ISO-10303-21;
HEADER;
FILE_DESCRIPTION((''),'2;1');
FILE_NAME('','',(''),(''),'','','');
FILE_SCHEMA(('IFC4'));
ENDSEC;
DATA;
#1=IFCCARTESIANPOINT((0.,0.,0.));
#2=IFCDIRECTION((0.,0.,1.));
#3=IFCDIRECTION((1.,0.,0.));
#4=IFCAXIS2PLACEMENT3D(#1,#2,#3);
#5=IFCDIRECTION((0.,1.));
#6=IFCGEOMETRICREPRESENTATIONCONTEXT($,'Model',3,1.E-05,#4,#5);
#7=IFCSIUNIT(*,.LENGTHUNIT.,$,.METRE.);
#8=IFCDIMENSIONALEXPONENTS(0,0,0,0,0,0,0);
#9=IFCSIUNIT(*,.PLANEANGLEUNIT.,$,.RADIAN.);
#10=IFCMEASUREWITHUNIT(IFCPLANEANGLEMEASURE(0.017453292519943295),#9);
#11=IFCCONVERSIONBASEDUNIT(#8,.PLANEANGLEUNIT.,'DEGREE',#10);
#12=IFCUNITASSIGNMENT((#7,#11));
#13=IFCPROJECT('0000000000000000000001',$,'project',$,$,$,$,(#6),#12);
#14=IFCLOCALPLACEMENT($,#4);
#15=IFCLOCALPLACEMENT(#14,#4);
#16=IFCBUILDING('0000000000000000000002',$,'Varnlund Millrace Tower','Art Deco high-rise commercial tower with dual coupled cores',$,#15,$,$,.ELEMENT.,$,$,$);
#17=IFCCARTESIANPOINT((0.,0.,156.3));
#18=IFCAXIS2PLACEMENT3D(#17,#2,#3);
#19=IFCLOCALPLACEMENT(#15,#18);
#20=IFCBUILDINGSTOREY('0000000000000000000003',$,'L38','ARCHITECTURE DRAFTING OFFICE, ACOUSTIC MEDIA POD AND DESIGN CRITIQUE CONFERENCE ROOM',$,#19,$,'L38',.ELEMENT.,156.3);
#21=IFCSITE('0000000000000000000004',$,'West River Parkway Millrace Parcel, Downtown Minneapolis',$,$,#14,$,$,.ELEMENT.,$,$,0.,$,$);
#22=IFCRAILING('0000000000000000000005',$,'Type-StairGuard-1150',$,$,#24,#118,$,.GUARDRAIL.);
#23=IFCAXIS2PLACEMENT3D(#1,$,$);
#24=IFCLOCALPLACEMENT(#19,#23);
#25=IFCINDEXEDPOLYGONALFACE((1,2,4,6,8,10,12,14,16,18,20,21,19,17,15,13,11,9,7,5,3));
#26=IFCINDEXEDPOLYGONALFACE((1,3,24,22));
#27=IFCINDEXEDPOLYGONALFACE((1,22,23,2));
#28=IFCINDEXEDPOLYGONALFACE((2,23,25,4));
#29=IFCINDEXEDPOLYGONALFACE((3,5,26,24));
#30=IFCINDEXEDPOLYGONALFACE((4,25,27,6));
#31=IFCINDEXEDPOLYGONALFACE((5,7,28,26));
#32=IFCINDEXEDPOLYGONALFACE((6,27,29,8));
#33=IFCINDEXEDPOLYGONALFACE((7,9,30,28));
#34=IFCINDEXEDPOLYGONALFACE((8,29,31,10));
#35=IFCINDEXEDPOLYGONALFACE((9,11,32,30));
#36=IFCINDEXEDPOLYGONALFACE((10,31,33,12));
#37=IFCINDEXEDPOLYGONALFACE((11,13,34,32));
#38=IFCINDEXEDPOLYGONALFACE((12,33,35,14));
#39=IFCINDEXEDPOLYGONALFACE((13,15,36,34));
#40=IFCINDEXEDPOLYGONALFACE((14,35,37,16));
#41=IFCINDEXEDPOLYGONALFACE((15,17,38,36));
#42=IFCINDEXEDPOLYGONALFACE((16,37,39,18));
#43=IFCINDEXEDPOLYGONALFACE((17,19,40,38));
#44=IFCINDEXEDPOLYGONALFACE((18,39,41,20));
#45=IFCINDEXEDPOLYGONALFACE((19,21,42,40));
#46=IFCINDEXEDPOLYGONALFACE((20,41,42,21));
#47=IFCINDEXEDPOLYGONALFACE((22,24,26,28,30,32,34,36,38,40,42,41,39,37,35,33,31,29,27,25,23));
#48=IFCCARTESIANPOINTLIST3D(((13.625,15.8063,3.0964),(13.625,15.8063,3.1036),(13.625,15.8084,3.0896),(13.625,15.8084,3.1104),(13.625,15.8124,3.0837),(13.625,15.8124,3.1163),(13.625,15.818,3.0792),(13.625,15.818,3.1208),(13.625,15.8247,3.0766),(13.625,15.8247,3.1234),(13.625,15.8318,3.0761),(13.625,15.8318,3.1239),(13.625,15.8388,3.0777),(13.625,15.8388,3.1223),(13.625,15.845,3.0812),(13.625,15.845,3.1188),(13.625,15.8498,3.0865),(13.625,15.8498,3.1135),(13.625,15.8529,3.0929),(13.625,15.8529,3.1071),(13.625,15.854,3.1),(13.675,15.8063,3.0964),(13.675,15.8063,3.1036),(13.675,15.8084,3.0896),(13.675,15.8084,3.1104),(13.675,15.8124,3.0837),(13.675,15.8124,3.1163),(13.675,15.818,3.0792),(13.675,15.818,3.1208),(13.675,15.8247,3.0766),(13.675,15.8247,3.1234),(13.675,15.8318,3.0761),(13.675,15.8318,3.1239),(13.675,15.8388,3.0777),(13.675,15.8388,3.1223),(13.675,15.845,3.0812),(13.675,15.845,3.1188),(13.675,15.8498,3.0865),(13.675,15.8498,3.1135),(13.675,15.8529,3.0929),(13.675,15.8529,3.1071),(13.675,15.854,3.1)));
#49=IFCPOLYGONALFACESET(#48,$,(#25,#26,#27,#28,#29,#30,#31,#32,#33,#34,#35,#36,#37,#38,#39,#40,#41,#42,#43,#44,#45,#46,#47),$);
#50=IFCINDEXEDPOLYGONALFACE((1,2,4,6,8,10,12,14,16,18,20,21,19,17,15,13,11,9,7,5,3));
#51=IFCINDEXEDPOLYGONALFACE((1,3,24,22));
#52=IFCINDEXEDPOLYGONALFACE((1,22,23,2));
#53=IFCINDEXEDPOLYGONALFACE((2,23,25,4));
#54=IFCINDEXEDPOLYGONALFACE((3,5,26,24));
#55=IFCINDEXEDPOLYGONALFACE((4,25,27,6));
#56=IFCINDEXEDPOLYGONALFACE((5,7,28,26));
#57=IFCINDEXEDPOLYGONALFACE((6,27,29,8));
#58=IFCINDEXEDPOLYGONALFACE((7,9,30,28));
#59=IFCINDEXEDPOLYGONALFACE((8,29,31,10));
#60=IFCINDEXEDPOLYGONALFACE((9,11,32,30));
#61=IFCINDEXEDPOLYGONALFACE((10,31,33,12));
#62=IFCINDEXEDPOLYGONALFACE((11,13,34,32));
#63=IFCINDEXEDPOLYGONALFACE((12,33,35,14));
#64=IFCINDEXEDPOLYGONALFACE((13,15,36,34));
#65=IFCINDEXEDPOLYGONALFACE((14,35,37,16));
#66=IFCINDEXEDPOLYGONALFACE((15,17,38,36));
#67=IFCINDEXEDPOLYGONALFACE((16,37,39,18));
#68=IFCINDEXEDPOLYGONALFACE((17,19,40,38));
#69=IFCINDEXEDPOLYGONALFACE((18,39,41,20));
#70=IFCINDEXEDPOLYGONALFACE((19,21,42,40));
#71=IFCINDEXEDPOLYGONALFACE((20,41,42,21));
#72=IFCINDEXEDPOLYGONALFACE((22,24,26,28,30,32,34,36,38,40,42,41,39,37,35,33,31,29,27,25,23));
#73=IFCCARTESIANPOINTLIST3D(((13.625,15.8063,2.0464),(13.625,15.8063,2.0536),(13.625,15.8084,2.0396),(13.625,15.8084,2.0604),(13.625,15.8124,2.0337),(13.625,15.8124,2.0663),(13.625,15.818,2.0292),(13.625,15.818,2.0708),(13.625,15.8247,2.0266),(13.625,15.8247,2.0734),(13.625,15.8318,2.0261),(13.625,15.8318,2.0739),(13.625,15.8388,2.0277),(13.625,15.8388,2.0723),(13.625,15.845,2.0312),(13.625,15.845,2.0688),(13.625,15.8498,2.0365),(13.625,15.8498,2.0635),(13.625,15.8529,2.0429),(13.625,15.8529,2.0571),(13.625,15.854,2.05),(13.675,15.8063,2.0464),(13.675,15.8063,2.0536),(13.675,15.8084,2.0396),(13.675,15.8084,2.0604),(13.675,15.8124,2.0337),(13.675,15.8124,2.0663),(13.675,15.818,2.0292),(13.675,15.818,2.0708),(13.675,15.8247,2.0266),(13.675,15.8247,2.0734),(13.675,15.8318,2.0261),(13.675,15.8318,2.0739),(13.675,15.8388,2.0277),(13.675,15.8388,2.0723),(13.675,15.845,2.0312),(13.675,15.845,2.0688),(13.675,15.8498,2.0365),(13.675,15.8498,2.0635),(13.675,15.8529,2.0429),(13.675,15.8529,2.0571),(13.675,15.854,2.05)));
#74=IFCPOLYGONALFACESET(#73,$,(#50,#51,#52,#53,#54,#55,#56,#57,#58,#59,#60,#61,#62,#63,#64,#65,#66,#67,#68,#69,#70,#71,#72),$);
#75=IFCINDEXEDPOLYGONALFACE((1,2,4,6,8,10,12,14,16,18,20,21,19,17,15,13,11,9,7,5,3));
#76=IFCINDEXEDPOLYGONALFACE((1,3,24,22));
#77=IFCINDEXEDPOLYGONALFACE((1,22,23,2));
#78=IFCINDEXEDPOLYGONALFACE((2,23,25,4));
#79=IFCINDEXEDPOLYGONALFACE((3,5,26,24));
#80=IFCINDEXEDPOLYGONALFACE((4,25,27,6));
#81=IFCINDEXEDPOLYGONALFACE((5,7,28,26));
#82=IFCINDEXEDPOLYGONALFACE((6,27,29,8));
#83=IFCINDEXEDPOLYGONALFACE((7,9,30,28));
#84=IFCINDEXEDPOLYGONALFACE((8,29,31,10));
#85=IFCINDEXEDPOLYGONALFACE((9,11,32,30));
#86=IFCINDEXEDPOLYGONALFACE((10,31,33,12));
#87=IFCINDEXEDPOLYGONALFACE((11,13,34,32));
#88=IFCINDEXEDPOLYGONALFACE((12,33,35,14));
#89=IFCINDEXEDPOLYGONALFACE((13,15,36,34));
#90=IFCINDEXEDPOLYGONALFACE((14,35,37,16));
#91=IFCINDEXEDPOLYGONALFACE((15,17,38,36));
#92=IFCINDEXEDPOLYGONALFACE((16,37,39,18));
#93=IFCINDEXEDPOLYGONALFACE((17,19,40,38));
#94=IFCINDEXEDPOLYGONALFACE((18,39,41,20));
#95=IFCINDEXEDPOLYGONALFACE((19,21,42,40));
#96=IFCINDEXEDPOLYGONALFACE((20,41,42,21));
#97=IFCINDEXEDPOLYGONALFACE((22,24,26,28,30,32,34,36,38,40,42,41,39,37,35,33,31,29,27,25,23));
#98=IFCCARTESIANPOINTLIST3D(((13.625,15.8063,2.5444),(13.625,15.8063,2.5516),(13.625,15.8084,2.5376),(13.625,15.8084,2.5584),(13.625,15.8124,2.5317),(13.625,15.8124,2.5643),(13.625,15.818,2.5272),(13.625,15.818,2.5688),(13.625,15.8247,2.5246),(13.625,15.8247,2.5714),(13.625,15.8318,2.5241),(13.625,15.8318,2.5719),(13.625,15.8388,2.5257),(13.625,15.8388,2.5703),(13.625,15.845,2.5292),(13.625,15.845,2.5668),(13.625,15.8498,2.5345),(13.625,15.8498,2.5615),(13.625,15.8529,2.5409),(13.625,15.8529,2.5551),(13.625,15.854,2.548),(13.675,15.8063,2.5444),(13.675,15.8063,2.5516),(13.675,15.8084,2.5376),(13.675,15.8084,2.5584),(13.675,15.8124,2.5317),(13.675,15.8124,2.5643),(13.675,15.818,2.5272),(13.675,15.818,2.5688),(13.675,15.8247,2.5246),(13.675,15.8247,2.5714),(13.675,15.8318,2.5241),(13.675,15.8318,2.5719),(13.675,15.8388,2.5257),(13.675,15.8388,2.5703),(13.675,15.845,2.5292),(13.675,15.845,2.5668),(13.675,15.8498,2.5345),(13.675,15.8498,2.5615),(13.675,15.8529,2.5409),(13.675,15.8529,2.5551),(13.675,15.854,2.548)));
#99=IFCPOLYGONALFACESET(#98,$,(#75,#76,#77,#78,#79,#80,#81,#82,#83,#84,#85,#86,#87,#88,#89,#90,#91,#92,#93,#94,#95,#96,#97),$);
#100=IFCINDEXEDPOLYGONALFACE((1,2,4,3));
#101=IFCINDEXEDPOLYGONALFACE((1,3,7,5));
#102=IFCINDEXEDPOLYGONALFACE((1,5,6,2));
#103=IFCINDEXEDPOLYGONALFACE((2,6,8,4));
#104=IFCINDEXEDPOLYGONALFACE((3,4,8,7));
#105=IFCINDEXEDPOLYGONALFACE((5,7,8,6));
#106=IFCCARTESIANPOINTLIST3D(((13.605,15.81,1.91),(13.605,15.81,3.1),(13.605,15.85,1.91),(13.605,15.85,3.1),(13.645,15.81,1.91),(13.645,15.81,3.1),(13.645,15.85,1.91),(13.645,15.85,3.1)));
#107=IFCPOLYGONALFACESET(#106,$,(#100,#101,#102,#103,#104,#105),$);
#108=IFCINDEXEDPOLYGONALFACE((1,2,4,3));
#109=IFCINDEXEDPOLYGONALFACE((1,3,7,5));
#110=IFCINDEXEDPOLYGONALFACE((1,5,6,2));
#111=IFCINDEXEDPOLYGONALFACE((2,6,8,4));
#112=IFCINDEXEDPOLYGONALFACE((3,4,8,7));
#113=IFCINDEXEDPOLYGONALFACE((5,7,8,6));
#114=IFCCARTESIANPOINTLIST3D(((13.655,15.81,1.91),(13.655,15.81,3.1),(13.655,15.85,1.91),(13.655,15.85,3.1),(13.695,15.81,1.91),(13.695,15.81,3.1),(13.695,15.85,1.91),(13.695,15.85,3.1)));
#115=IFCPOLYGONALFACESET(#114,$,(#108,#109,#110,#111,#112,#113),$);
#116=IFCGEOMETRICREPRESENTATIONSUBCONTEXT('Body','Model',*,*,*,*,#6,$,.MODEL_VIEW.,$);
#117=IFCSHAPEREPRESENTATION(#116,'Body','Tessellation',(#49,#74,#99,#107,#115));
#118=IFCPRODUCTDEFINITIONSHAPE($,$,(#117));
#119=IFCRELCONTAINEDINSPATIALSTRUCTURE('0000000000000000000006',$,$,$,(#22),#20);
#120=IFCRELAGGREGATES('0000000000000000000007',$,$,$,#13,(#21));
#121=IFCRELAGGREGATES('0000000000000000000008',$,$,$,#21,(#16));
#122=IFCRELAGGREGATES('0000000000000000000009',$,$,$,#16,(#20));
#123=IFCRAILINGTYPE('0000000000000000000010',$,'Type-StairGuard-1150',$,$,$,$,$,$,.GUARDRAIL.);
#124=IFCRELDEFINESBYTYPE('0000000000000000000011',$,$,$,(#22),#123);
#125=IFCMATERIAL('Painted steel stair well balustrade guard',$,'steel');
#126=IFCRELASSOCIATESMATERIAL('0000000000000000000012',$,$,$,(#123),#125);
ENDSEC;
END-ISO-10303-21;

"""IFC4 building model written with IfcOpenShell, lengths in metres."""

from ifc_helpers import new_model, entity, si_unit, converted_unit, direction, frame, origin_with_axes, origin_2d_with_axis, place, context, subcontext, project, spatial, rectangle, circle, extrude, material, type_object, element, save


model = new_model("IFC4")

# Units and contexts
model_context = context("Model", 3, precision=1e-05, world=origin_with_axes(), true_north=direction((0.0, 1.0)))
body_context = subcontext(model_context, "Body", "Model", "MODEL_VIEW")
ifc_project = project(units=[si_unit("LENGTHUNIT", "METRE"), converted_unit("PLANEANGLEUNIT", "DEGREE", entity("IfcPlaneAngleMeasure", 0.017453292519943295), si_unit("PLANEANGLEUNIT", "RADIAN"), dimensions=[0, 0, 0, 0, 0, 0, 0])], contexts=[model_context])

# Site, building, storey
site_placement = place(None, origin_with_axes())
site = spatial("IfcSite", under=ifc_project, at=site_placement, Name="West River Parkway Millrace Parcel, Downtown Minneapolis", CompositionType="ELEMENT", RefElevation=0.0)
building_placement = place(site_placement, origin_with_axes())
building = spatial("IfcBuilding", under=site, at=building_placement, Name="Varnlund Millrace Tower", Description="Art Deco high-rise commercial tower with dual coupled cores", CompositionType="ELEMENT")
storey_placement = place(building_placement, frame((0.0, 0.0, 156.3), z_axis=(0.0, 0.0, 1.0), x_axis=(1.0, 0.0, 0.0)))
storey = spatial("IfcBuildingStorey", under=building, at=storey_placement, Name="L38", Description="ARCHITECTURE DRAFTING OFFICE, ACOUSTIC MEDIA POD AND DESIGN CRITIQUE CONFERENCE ROOM", LongName="L38", CompositionType="ELEMENT", Elevation=156.3)

# Railing
ifc_material_1 = material(Name="Painted steel stair well balustrade guard", Category="steel")
railing_type_1 = type_object("IfcRailingType", Name="Type-StairGuard-1150", PredefinedType="GUARDRAIL", material=ifc_material_1)
railing_1_placement = place(storey_placement, frame((0.0, 0.0, -156.3), z_axis=(0.0, 0.0, 1.0), x_axis=(1.0, 0.0, 0.0)))
element("IfcRailing", 1, at=railing_1_placement, inside=storey, type_object=railing_type_1, Name="Type-StairGuard-1150", PredefinedType="GUARDRAIL", context=body_context, shape_type="SweptSolid", body=[
    extrude(circle(Radius=0.024, at=origin_2d_with_axis()), frame((13.625, 15.83, 159.4), z_axis=(1.0, 0.0, 0.0), x_axis=(0.0, 1.0, 0.0)), (0.0, 0.0, 1.0), 0.05),
    extrude(circle(Radius=0.024, at=origin_2d_with_axis()), frame((13.625, 15.83, 158.35), z_axis=(1.0, 0.0, 0.0), x_axis=(0.0, 1.0, 0.0)), (0.0, 0.0, 1.0), 0.05),
    extrude(circle(Radius=0.024, at=origin_2d_with_axis()), frame((13.625, 15.83, 158.848), z_axis=(1.0, 0.0, 0.0), x_axis=(0.0, 1.0, 0.0)), (0.0, 0.0, 1.0), 0.05),
    extrude(rectangle(XDim=0.04, YDim=0.04, at=origin_2d_with_axis()), frame((13.625, 15.83, 158.21), z_axis=(0.0, 0.0, 1.0), x_axis=(1.0, 0.0, 0.0)), (0.0, 0.0, 1.0), 1.19),
    extrude(rectangle(XDim=0.04, YDim=0.04, at=origin_2d_with_axis()), frame((13.675, 15.83, 158.21), z_axis=(0.0, 0.0, 1.0), x_axis=(1.0, 0.0, 0.0)), (0.0, 0.0, 1.0), 1.19),
])

save(model, "model.ifc")
